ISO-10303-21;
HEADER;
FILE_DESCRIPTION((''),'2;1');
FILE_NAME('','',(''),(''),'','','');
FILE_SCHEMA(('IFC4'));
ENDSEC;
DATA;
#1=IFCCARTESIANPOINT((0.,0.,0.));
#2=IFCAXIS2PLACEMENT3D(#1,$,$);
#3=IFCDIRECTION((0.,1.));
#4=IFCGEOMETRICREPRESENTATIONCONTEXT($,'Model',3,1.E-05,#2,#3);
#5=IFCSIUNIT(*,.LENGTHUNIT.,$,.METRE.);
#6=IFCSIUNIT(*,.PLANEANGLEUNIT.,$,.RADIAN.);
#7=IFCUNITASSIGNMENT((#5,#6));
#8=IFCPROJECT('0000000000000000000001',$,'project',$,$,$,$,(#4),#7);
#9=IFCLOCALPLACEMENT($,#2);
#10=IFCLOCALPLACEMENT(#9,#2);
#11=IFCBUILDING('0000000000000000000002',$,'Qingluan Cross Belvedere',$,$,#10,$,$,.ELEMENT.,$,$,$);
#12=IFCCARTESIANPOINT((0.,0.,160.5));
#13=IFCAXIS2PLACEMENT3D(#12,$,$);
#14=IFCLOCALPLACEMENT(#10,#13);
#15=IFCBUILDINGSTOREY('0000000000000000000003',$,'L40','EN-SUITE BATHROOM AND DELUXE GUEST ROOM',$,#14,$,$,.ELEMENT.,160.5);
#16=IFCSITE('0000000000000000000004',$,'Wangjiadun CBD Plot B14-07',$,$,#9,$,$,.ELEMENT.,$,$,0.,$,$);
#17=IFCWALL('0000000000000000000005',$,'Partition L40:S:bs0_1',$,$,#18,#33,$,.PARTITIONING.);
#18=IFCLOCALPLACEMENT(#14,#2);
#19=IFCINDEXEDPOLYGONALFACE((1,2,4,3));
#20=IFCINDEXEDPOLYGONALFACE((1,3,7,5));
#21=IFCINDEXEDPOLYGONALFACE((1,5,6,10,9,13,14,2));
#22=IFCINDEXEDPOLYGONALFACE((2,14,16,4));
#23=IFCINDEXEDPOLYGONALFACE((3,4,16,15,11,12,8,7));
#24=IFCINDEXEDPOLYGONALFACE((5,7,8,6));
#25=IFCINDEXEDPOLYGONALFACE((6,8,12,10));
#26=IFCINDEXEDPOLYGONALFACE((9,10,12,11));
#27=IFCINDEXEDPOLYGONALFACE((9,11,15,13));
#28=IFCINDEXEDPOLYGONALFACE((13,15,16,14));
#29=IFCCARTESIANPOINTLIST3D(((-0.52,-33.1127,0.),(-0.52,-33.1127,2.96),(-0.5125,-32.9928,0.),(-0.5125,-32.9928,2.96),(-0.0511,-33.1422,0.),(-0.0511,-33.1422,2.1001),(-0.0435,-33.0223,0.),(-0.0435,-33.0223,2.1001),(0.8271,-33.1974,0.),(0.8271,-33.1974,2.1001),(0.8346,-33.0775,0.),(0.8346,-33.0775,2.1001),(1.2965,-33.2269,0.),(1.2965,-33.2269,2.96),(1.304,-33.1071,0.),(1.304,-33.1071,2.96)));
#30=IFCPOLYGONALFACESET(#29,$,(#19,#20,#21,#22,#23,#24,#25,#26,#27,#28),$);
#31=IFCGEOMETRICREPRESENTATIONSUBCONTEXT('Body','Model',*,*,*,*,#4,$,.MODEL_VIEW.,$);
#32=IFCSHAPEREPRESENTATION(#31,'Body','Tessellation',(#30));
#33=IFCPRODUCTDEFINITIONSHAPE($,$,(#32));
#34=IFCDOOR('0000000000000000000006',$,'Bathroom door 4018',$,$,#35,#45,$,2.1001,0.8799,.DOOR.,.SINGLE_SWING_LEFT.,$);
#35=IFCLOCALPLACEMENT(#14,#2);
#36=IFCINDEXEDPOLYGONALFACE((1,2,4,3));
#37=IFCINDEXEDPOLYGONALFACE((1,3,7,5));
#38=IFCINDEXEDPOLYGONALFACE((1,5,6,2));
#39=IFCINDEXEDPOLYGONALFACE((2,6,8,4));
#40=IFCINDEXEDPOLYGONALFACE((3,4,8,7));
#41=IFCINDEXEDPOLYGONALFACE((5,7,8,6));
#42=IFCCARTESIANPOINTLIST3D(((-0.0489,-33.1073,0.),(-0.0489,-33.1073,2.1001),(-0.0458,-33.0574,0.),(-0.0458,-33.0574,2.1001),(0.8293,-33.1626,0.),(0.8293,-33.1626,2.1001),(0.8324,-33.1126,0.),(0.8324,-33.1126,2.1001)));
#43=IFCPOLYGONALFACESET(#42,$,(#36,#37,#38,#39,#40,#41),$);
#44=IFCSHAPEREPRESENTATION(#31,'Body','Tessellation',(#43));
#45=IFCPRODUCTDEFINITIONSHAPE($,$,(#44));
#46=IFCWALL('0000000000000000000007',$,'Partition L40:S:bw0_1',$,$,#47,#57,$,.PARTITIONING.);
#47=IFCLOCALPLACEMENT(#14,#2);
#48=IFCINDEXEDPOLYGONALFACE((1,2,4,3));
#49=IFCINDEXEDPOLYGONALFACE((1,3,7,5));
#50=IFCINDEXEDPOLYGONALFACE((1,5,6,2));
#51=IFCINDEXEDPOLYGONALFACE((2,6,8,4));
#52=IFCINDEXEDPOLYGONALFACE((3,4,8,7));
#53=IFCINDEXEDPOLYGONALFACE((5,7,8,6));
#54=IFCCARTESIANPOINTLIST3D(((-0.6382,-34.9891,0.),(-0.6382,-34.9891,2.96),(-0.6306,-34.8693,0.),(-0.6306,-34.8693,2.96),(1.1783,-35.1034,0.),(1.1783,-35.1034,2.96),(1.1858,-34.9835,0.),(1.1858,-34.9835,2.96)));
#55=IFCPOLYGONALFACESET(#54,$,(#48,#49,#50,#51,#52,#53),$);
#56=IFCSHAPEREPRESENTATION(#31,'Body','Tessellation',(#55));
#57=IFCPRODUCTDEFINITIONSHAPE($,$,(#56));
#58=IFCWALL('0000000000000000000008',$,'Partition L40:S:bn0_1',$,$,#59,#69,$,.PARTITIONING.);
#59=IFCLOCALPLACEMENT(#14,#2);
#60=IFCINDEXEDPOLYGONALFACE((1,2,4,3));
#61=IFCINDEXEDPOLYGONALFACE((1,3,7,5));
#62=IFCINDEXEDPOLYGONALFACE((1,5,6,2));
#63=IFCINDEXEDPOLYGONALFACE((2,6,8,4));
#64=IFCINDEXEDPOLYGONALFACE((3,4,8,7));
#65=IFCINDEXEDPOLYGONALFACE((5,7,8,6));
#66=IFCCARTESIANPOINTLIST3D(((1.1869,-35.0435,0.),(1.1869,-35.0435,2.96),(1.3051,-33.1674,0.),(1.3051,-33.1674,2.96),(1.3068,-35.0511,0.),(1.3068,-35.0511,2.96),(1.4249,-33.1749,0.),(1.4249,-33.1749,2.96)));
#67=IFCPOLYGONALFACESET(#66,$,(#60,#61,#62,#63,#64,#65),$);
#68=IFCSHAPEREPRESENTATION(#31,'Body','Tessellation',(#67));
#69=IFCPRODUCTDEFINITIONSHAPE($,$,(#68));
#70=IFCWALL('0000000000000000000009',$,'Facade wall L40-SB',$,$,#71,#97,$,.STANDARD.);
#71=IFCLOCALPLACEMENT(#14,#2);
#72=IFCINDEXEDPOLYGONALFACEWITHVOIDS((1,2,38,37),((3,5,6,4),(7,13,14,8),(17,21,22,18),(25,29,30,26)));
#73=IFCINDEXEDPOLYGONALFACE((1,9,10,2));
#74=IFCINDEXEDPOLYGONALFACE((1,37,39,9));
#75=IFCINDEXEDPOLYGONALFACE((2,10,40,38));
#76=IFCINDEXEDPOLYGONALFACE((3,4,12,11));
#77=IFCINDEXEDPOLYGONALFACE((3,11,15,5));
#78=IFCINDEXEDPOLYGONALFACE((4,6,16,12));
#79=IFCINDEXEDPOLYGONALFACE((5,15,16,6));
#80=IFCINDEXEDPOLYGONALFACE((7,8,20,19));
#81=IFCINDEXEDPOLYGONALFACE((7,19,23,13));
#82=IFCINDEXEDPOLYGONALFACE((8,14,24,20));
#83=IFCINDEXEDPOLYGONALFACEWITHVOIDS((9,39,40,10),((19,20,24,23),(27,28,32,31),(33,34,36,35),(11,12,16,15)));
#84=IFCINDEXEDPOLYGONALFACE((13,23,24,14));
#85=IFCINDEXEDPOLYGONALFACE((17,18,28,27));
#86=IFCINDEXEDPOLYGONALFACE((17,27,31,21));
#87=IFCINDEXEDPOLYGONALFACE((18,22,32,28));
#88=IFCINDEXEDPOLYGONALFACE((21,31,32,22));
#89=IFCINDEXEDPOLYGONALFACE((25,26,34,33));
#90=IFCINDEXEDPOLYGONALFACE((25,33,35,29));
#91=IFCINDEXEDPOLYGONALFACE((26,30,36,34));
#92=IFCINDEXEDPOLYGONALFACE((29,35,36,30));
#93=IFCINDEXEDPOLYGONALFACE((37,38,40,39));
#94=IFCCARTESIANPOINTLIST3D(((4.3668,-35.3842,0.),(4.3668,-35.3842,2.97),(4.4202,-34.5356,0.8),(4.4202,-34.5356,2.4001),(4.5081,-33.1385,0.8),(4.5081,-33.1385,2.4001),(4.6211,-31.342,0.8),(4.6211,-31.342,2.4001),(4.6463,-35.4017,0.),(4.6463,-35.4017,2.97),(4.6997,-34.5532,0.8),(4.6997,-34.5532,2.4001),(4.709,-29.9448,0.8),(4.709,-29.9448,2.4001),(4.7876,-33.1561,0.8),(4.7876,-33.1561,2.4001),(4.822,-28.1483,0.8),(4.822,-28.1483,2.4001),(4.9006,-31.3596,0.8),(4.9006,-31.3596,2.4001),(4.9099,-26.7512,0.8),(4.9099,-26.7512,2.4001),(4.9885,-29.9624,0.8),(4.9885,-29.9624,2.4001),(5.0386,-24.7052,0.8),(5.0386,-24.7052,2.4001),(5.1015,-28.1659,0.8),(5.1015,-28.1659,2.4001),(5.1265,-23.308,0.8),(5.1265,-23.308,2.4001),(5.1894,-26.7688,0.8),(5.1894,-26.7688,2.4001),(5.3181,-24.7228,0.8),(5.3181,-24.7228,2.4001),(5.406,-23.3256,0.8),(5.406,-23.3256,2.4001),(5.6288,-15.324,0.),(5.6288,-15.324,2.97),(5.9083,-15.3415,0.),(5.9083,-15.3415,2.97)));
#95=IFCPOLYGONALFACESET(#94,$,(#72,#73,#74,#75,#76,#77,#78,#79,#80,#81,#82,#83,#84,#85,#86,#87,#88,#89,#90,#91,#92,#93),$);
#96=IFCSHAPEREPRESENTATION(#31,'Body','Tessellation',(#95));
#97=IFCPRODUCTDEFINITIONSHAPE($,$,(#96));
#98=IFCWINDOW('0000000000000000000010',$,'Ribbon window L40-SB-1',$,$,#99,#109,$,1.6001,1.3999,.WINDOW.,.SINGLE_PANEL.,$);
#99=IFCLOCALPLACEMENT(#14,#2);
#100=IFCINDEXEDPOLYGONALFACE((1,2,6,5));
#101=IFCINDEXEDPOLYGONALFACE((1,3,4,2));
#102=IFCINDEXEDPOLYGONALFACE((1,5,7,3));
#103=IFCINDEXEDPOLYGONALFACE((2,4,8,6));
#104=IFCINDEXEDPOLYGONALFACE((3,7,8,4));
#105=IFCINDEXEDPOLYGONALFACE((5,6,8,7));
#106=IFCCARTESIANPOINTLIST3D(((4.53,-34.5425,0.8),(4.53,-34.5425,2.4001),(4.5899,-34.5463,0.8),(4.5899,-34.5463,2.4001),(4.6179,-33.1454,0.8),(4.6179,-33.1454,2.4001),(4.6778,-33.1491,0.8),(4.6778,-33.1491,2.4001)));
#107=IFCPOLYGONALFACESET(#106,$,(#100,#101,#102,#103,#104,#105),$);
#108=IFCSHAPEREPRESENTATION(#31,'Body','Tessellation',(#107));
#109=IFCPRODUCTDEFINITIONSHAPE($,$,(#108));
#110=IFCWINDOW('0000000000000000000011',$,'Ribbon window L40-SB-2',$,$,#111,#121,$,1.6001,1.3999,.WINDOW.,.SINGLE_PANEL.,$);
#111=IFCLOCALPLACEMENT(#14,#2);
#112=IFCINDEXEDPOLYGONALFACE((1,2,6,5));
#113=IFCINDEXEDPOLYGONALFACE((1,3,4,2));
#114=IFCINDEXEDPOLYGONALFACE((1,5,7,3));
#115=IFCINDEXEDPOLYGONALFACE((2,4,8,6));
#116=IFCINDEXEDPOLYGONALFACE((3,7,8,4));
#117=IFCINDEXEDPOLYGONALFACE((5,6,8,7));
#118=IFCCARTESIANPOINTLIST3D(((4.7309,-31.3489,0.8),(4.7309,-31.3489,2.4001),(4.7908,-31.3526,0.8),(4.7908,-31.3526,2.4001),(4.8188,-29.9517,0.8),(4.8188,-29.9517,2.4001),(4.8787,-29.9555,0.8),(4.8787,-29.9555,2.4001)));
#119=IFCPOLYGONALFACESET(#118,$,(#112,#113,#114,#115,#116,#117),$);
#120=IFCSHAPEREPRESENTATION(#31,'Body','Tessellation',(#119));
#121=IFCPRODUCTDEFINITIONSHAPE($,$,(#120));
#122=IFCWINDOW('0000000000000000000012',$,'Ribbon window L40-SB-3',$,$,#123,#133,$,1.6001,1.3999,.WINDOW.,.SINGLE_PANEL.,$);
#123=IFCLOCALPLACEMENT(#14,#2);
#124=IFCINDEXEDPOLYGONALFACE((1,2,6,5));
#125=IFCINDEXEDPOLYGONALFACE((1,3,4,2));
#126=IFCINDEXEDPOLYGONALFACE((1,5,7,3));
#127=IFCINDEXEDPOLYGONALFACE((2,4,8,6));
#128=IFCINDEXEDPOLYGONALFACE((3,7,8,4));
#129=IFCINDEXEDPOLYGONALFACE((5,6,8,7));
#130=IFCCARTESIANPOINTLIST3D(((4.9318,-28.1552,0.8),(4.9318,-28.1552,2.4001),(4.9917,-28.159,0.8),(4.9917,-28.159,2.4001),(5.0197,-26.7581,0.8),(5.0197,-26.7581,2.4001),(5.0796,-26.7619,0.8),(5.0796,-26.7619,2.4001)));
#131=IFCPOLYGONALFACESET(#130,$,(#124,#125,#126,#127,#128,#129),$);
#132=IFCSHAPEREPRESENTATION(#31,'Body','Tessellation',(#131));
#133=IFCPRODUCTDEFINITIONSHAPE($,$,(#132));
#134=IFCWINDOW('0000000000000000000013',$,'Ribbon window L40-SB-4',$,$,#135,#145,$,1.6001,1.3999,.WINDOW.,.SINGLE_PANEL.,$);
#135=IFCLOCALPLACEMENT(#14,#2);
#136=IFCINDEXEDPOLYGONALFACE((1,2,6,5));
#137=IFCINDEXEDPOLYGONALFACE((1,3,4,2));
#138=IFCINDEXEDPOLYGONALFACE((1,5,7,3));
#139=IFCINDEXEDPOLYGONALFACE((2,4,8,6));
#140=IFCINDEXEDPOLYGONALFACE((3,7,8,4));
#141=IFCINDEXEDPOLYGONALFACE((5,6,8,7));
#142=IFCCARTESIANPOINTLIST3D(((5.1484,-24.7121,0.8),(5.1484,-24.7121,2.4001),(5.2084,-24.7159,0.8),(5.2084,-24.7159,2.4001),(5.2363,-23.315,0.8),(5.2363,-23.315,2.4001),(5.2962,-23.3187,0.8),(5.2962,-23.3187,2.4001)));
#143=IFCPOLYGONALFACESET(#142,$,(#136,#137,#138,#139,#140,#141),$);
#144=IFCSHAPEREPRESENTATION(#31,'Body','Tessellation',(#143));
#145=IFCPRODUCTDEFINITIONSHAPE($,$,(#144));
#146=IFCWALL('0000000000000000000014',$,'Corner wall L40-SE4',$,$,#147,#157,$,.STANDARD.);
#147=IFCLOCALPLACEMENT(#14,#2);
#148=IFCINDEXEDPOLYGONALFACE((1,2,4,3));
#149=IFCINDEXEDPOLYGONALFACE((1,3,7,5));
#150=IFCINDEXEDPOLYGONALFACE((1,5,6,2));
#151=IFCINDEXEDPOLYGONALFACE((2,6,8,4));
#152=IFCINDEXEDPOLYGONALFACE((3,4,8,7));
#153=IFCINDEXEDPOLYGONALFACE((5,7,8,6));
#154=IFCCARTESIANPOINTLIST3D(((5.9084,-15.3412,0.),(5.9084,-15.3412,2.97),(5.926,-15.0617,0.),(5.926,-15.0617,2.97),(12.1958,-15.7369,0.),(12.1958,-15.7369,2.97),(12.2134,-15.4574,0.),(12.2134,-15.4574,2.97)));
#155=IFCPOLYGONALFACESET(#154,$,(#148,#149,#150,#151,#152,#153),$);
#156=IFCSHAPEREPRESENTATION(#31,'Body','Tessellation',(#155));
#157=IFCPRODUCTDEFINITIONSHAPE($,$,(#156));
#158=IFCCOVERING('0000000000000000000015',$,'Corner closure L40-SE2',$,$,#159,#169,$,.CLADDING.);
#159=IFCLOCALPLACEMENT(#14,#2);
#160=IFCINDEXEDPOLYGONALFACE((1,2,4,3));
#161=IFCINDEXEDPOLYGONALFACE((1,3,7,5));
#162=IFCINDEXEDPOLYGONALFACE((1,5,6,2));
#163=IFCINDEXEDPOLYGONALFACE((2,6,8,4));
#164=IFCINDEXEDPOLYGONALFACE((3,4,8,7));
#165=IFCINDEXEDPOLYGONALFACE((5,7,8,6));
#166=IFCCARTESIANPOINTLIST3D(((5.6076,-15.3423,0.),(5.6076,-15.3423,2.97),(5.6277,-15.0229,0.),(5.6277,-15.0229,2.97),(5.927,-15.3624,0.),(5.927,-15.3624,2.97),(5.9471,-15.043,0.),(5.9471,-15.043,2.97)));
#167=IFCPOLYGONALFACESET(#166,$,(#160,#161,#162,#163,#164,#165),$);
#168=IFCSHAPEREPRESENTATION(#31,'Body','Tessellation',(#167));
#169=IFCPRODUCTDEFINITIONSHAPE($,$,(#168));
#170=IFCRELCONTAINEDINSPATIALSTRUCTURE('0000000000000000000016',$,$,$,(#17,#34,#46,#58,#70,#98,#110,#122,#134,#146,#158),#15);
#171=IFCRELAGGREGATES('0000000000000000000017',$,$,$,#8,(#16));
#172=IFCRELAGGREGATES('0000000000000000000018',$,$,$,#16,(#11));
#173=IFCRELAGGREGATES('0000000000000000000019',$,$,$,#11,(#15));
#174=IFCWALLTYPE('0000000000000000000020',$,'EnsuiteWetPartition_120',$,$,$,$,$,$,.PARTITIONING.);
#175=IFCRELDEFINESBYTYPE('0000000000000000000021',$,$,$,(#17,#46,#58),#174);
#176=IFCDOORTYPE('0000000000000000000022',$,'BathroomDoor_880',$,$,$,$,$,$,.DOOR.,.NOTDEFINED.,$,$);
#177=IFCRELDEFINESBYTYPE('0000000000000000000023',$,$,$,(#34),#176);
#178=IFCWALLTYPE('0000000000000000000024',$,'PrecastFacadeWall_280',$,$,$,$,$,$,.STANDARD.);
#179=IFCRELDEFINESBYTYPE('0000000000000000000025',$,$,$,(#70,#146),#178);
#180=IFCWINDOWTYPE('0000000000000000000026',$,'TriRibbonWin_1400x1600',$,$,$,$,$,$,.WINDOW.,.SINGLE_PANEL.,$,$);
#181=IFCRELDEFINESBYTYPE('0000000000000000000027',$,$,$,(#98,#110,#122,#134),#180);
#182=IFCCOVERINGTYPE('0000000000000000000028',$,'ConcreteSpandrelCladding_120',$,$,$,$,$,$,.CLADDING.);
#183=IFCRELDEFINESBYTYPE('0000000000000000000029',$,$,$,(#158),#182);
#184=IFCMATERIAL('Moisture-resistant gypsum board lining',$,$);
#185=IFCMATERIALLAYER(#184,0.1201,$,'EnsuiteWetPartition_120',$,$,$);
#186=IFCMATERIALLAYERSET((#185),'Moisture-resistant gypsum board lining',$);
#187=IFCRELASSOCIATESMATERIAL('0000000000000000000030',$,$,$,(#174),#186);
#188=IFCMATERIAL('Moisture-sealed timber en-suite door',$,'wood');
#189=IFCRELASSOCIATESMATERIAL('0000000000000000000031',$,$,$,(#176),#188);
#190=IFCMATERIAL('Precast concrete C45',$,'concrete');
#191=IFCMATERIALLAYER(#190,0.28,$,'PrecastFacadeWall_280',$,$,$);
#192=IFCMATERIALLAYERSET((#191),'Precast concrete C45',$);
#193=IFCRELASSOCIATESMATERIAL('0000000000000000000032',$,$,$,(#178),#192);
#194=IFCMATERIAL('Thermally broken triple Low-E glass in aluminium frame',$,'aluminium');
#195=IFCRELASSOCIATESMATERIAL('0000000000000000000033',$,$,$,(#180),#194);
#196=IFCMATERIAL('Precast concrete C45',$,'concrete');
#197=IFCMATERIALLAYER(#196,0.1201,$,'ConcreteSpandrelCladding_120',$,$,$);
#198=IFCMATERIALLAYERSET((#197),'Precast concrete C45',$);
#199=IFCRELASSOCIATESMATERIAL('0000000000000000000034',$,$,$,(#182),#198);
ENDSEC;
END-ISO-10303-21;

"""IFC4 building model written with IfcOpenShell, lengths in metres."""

from ifc_helpers import new_model, si_unit, direction, frame, frame_2d, origin, origin_2d, place, context, subcontext, project, spatial, rectangle, extrude, material, layer, layer_set, type_object, element, fill, save


model = new_model("IFC4")

# Units and contexts
model_context = context("Model", 3, precision=1e-05, world=origin(), true_north=direction((0.0, 1.0)))
body_context = subcontext(model_context, "Body", "Model", "MODEL_VIEW")
ifc_project = project(units=[si_unit("LENGTHUNIT", "METRE"), si_unit("PLANEANGLEUNIT", "RADIAN")], contexts=[model_context])

# Site, building, storey
site_placement = place(None, origin())
site = spatial("IfcSite", under=ifc_project, at=site_placement, Name="Wangjiadun CBD Plot B14-07", CompositionType="ELEMENT", RefElevation=0.0)
building_placement = place(site_placement, origin())
building = spatial("IfcBuilding", under=site, at=building_placement, Name="Qingluan Cross Belvedere", CompositionType="ELEMENT")
storey_placement = place(building_placement, frame((0.0, 0.0, 160.5)))
storey = spatial("IfcBuildingStorey", under=building, at=storey_placement, Name="L40", Description="EN-SUITE BATHROOM AND DELUXE GUEST ROOM", CompositionType="ELEMENT", Elevation=160.5)

# Shared definitions
ifc_material_1 = material(Name="Moisture-resistant gypsum board lining")
ifc_layer_1 = layer(ifc_material_1, 0.1201, Name="EnsuiteWetPartition_120")
ifc_layer_set_1 = layer_set([ifc_layer_1], Name="Moisture-resistant gypsum board lining")
wall_type_1 = type_object("IfcWallType", Name="EnsuiteWetPartition_120", PredefinedType="PARTITIONING", material=ifc_layer_set_1)
ifc_material_2 = material(Name="Moisture-sealed timber en-suite door", Category="wood")
door_type_1 = type_object("IfcDoorType", Name="BathroomDoor_880", OperationType="NOTDEFINED", PredefinedType="DOOR", material=ifc_material_2)

# Wall, opening, door
wall_1_placement = place(storey_placement, frame((-0.5164, -33.0527, 0.0), z_axis=(0.0, 0.0, 1.0), x_axis=(0.998027, -0.062779, 0.0)))
wall_1 = element("IfcWall", 1, at=wall_1_placement, inside=storey, type_object=wall_type_1, Name="Partition L40:S:bs0_1", PredefinedType="PARTITIONING", context=body_context, shape_type="SweptSolid", body=[
    extrude(rectangle(XDim=1.8201, YDim=0.1201, at=frame_2d((0.9102, 0.0))), origin(), (0.0, 0.0, 1.0), 2.96),
])
opening_1_placement = place(wall_1_placement, frame((0.47, 0.0, 0.0)))
opening_1 = element("IfcOpeningElement", 2, at=opening_1_placement, cuts=wall_1, PredefinedType="OPENING", context=body_context, shape_type="SweptSolid", body=[
    extrude(rectangle(XDim=0.8799, YDim=2.1001, at=frame_2d((0.4399, 1.05))), frame((0.0, 0.0701, 0.0), z_axis=(0.0, -1.0, 0.0), x_axis=(1.0, 0.0, 0.0)), (0.0, 0.0, 1.0), 0.1401),
])
door_1_placement = place(opening_1_placement, origin())
door_1 = element("IfcDoor", 3, at=door_1_placement, inside=storey, type_object=door_type_1, Name="Bathroom door 4018", OperationType="SINGLE_SWING_LEFT", OverallHeight=2.1001, OverallWidth=0.8799, PredefinedType="DOOR", context=body_context, shape_type="SweptSolid", body=[
    extrude(rectangle(XDim=0.8799, YDim=2.1001, at=frame_2d((0.4399, 1.05))), frame((0.0, 0.0249, 0.0), z_axis=(0.0, -1.0, 0.0), x_axis=(1.0, 0.0, 0.0)), (0.0, 0.0, 1.0), 0.05),
])
fill(opening_1, door_1)

# Walls
wall_2_placement = place(storey_placement, frame((-0.6345, -34.9292, 0.0), z_axis=(0.0, 0.0, 1.0), x_axis=(0.998027, -0.062779, 0.0)))
element("IfcWall", 4, at=wall_2_placement, inside=storey, type_object=wall_type_1, Name="Partition L40:S:bw0_1", PredefinedType="PARTITIONING", context=body_context, shape_type="SweptSolid", body=[
    extrude(rectangle(XDim=1.8201, YDim=0.1201, at=frame_2d((0.9102, 0.0))), origin(), (0.0, 0.0, 1.0), 2.96),
])
wall_3_placement = place(storey_placement, frame((1.365, -33.1711, 0.0), z_axis=(0.0, 0.0, 1.0), x_axis=(-0.062855, -0.998023, 0.0)))
element("IfcWall", 5, at=wall_3_placement, inside=storey, type_object=wall_type_1, Name="Partition L40:S:bn0_1", PredefinedType="PARTITIONING", context=body_context, shape_type="SweptSolid", body=[
    extrude(rectangle(XDim=1.8799, YDim=0.1201, at=frame_2d((0.9399, 0.0))), origin(), (0.0, 0.0, 1.0), 2.96),
])

# Wall, openings, windows
ifc_material_3 = material(Name="Precast concrete C45", Category="concrete")
ifc_layer_2 = layer(ifc_material_3, 0.28, Name="PrecastFacadeWall_280")
ifc_layer_set_2 = layer_set([ifc_layer_2], Name="Precast concrete C45")
wall_type_2 = type_object("IfcWallType", Name="PrecastFacadeWall_280", PredefinedType="STANDARD", material=ifc_layer_set_2)
wall_4_placement = place(storey_placement, frame((4.5066, -35.3928, 0.0), z_axis=(0.0, 0.0, 1.0), x_axis=(0.062784, 0.998027, 0.0)))
wall_4 = element("IfcWall", 6, at=wall_4_placement, inside=storey, type_object=wall_type_2, Name="Facade wall L40-SB", PredefinedType="STANDARD", context=body_context, shape_type="SweptSolid", body=[
    extrude(rectangle(XDim=20.0999, YDim=0.28, at=frame_2d((10.0498, 0.0))), origin(), (0.0, 0.0, 1.0), 2.97),
])
opening_2_placement = place(wall_4_placement, frame((0.8501, 0.0, 0.8)))
opening_2 = element("IfcOpeningElement", 7, at=opening_2_placement, cuts=wall_4, PredefinedType="OPENING", context=body_context, shape_type="SweptSolid", body=[
    extrude(rectangle(XDim=1.3999, YDim=1.6001, at=frame_2d((0.7, 0.8))), frame((0.0, 0.1499, 0.0), z_axis=(0.0, -1.0, 0.0), x_axis=(1.0, 0.0, 0.0)), (0.0, 0.0, 1.0), 0.3),
])
opening_3_placement = place(wall_4_placement, frame((4.05, 0.0, 0.8)))
opening_3 = element("IfcOpeningElement", 8, at=opening_3_placement, cuts=wall_4, PredefinedType="OPENING", context=body_context, shape_type="SweptSolid", body=[
    extrude(rectangle(XDim=1.3999, YDim=1.6001, at=frame_2d((0.7, 0.8))), frame((0.0, 0.1499, 0.0), z_axis=(0.0, -1.0, 0.0), x_axis=(1.0, 0.0, 0.0)), (0.0, 0.0, 1.0), 0.3),
])
opening_4_placement = place(wall_4_placement, frame((7.25, 0.0, 0.8)))
opening_4 = element("IfcOpeningElement", 9, at=opening_4_placement, cuts=wall_4, PredefinedType="OPENING", context=body_context, shape_type="SweptSolid", body=[
    extrude(rectangle(XDim=1.3999, YDim=1.6001, at=frame_2d((0.7, 0.8))), frame((0.0, 0.1499, 0.0), z_axis=(0.0, -1.0, 0.0), x_axis=(1.0, 0.0, 0.0)), (0.0, 0.0, 1.0), 0.3),
])
opening_5_placement = place(wall_4_placement, frame((10.7, 0.0, 0.8)))
opening_5 = element("IfcOpeningElement", 10, at=opening_5_placement, cuts=wall_4, PredefinedType="OPENING", context=body_context, shape_type="SweptSolid", body=[
    extrude(rectangle(XDim=1.3999, YDim=1.6001, at=frame_2d((0.7, 0.8))), frame((0.0, 0.1499, 0.0), z_axis=(0.0, -1.0, 0.0), x_axis=(1.0, 0.0, 0.0)), (0.0, 0.0, 1.0), 0.3),
])
ifc_material_4 = material(Name="Thermally broken triple Low-E glass in aluminium frame", Category="aluminium")
window_type = type_object("IfcWindowType", Name="TriRibbonWin_1400x1600", PartitioningType="SINGLE_PANEL", PredefinedType="WINDOW", material=ifc_material_4)
window_1_placement = place(opening_2_placement, origin())
window_1 = element("IfcWindow", 11, at=window_1_placement, inside=storey, type_object=window_type, Name="Ribbon window L40-SB-1", OverallHeight=1.6001, OverallWidth=1.3999, PartitioningType="SINGLE_PANEL", PredefinedType="WINDOW", context=body_context, shape_type="SweptSolid", body=[
    extrude(rectangle(XDim=1.3999, YDim=1.6001, at=frame_2d((0.7, 0.8))), frame((0.0, 0.03, 0.0), z_axis=(0.0, -1.0, 0.0), x_axis=(1.0, 0.0, 0.0)), (0.0, 0.0, 1.0), 0.0601),
])
fill(opening_2, window_1)
window_2_placement = place(opening_3_placement, origin())
window_2 = element("IfcWindow", 12, at=window_2_placement, inside=storey, type_object=window_type, Name="Ribbon window L40-SB-2", OverallHeight=1.6001, OverallWidth=1.3999, PartitioningType="SINGLE_PANEL", PredefinedType="WINDOW", context=body_context, shape_type="SweptSolid", body=[
    extrude(rectangle(XDim=1.3999, YDim=1.6001, at=frame_2d((0.7, 0.8))), frame((0.0, 0.03, 0.0), z_axis=(0.0, -1.0, 0.0), x_axis=(1.0, 0.0, 0.0)), (0.0, 0.0, 1.0), 0.0601),
])
fill(opening_3, window_2)
window_3_placement = place(opening_4_placement, origin())
window_3 = element("IfcWindow", 13, at=window_3_placement, inside=storey, type_object=window_type, Name="Ribbon window L40-SB-3", OverallHeight=1.6001, OverallWidth=1.3999, PartitioningType="SINGLE_PANEL", PredefinedType="WINDOW", context=body_context, shape_type="SweptSolid", body=[
    extrude(rectangle(XDim=1.3999, YDim=1.6001, at=frame_2d((0.7, 0.8))), frame((0.0, 0.03, 0.0), z_axis=(0.0, -1.0, 0.0), x_axis=(1.0, 0.0, 0.0)), (0.0, 0.0, 1.0), 0.0601),
])
fill(opening_4, window_3)
window_4_placement = place(opening_5_placement, origin())
window_4 = element("IfcWindow", 14, at=window_4_placement, inside=storey, type_object=window_type, Name="Ribbon window L40-SB-4", OverallHeight=1.6001, OverallWidth=1.3999, PartitioningType="SINGLE_PANEL", PredefinedType="WINDOW", context=body_context, shape_type="SweptSolid", body=[
    extrude(rectangle(XDim=1.3999, YDim=1.6001, at=frame_2d((0.7, 0.8))), frame((0.0, 0.03, 0.0), z_axis=(0.0, -1.0, 0.0), x_axis=(1.0, 0.0, 0.0)), (0.0, 0.0, 1.0), 0.0601),
])
fill(opening_5, window_4)

# Wall
wall_5_placement = place(storey_placement, frame((12.2046, -15.5972, 0.0), z_axis=(0.0, 0.0, 1.0), x_axis=(-0.998025, 0.06282, 0.0)))
element("IfcWall", 15, at=wall_5_placement, inside=storey, type_object=wall_type_2, Name="Corner wall L40-SE4", PredefinedType="STANDARD", context=body_context, shape_type="SweptSolid", body=[
    extrude(rectangle(XDim=6.2998, YDim=0.28, at=frame_2d((3.1499, 0.0))), origin(), (0.0, 0.0, 1.0), 2.97),
])

# Covering
ifc_material_5 = material(Name="Precast concrete C45", Category="concrete")
ifc_layer_3 = layer(ifc_material_5, 0.1201, Name="ConcreteSpandrelCladding_120")
ifc_layer_set_3 = layer_set([ifc_layer_3], Name="Precast concrete C45")
covering_type = type_object("IfcCoveringType", Name="ConcreteSpandrelCladding_120", PredefinedType="CLADDING", material=ifc_layer_set_3)
covering_placement = place(storey_placement, frame((5.7773, -15.1926, 0.0), z_axis=(0.0, 0.0, 1.0), x_axis=(0.998027, -0.062791, 0.0)))
element("IfcCovering", 16, at=covering_placement, inside=storey, type_object=covering_type, Name="Corner closure L40-SE2", PredefinedType="CLADDING", context=body_context, shape_type="SweptSolid", body=[
    extrude(rectangle(XDim=0.3201, YDim=0.3201, at=origin_2d()), origin(), (0.0, 0.0, 1.0), 2.97),
])

save(model, "model.ifc")
